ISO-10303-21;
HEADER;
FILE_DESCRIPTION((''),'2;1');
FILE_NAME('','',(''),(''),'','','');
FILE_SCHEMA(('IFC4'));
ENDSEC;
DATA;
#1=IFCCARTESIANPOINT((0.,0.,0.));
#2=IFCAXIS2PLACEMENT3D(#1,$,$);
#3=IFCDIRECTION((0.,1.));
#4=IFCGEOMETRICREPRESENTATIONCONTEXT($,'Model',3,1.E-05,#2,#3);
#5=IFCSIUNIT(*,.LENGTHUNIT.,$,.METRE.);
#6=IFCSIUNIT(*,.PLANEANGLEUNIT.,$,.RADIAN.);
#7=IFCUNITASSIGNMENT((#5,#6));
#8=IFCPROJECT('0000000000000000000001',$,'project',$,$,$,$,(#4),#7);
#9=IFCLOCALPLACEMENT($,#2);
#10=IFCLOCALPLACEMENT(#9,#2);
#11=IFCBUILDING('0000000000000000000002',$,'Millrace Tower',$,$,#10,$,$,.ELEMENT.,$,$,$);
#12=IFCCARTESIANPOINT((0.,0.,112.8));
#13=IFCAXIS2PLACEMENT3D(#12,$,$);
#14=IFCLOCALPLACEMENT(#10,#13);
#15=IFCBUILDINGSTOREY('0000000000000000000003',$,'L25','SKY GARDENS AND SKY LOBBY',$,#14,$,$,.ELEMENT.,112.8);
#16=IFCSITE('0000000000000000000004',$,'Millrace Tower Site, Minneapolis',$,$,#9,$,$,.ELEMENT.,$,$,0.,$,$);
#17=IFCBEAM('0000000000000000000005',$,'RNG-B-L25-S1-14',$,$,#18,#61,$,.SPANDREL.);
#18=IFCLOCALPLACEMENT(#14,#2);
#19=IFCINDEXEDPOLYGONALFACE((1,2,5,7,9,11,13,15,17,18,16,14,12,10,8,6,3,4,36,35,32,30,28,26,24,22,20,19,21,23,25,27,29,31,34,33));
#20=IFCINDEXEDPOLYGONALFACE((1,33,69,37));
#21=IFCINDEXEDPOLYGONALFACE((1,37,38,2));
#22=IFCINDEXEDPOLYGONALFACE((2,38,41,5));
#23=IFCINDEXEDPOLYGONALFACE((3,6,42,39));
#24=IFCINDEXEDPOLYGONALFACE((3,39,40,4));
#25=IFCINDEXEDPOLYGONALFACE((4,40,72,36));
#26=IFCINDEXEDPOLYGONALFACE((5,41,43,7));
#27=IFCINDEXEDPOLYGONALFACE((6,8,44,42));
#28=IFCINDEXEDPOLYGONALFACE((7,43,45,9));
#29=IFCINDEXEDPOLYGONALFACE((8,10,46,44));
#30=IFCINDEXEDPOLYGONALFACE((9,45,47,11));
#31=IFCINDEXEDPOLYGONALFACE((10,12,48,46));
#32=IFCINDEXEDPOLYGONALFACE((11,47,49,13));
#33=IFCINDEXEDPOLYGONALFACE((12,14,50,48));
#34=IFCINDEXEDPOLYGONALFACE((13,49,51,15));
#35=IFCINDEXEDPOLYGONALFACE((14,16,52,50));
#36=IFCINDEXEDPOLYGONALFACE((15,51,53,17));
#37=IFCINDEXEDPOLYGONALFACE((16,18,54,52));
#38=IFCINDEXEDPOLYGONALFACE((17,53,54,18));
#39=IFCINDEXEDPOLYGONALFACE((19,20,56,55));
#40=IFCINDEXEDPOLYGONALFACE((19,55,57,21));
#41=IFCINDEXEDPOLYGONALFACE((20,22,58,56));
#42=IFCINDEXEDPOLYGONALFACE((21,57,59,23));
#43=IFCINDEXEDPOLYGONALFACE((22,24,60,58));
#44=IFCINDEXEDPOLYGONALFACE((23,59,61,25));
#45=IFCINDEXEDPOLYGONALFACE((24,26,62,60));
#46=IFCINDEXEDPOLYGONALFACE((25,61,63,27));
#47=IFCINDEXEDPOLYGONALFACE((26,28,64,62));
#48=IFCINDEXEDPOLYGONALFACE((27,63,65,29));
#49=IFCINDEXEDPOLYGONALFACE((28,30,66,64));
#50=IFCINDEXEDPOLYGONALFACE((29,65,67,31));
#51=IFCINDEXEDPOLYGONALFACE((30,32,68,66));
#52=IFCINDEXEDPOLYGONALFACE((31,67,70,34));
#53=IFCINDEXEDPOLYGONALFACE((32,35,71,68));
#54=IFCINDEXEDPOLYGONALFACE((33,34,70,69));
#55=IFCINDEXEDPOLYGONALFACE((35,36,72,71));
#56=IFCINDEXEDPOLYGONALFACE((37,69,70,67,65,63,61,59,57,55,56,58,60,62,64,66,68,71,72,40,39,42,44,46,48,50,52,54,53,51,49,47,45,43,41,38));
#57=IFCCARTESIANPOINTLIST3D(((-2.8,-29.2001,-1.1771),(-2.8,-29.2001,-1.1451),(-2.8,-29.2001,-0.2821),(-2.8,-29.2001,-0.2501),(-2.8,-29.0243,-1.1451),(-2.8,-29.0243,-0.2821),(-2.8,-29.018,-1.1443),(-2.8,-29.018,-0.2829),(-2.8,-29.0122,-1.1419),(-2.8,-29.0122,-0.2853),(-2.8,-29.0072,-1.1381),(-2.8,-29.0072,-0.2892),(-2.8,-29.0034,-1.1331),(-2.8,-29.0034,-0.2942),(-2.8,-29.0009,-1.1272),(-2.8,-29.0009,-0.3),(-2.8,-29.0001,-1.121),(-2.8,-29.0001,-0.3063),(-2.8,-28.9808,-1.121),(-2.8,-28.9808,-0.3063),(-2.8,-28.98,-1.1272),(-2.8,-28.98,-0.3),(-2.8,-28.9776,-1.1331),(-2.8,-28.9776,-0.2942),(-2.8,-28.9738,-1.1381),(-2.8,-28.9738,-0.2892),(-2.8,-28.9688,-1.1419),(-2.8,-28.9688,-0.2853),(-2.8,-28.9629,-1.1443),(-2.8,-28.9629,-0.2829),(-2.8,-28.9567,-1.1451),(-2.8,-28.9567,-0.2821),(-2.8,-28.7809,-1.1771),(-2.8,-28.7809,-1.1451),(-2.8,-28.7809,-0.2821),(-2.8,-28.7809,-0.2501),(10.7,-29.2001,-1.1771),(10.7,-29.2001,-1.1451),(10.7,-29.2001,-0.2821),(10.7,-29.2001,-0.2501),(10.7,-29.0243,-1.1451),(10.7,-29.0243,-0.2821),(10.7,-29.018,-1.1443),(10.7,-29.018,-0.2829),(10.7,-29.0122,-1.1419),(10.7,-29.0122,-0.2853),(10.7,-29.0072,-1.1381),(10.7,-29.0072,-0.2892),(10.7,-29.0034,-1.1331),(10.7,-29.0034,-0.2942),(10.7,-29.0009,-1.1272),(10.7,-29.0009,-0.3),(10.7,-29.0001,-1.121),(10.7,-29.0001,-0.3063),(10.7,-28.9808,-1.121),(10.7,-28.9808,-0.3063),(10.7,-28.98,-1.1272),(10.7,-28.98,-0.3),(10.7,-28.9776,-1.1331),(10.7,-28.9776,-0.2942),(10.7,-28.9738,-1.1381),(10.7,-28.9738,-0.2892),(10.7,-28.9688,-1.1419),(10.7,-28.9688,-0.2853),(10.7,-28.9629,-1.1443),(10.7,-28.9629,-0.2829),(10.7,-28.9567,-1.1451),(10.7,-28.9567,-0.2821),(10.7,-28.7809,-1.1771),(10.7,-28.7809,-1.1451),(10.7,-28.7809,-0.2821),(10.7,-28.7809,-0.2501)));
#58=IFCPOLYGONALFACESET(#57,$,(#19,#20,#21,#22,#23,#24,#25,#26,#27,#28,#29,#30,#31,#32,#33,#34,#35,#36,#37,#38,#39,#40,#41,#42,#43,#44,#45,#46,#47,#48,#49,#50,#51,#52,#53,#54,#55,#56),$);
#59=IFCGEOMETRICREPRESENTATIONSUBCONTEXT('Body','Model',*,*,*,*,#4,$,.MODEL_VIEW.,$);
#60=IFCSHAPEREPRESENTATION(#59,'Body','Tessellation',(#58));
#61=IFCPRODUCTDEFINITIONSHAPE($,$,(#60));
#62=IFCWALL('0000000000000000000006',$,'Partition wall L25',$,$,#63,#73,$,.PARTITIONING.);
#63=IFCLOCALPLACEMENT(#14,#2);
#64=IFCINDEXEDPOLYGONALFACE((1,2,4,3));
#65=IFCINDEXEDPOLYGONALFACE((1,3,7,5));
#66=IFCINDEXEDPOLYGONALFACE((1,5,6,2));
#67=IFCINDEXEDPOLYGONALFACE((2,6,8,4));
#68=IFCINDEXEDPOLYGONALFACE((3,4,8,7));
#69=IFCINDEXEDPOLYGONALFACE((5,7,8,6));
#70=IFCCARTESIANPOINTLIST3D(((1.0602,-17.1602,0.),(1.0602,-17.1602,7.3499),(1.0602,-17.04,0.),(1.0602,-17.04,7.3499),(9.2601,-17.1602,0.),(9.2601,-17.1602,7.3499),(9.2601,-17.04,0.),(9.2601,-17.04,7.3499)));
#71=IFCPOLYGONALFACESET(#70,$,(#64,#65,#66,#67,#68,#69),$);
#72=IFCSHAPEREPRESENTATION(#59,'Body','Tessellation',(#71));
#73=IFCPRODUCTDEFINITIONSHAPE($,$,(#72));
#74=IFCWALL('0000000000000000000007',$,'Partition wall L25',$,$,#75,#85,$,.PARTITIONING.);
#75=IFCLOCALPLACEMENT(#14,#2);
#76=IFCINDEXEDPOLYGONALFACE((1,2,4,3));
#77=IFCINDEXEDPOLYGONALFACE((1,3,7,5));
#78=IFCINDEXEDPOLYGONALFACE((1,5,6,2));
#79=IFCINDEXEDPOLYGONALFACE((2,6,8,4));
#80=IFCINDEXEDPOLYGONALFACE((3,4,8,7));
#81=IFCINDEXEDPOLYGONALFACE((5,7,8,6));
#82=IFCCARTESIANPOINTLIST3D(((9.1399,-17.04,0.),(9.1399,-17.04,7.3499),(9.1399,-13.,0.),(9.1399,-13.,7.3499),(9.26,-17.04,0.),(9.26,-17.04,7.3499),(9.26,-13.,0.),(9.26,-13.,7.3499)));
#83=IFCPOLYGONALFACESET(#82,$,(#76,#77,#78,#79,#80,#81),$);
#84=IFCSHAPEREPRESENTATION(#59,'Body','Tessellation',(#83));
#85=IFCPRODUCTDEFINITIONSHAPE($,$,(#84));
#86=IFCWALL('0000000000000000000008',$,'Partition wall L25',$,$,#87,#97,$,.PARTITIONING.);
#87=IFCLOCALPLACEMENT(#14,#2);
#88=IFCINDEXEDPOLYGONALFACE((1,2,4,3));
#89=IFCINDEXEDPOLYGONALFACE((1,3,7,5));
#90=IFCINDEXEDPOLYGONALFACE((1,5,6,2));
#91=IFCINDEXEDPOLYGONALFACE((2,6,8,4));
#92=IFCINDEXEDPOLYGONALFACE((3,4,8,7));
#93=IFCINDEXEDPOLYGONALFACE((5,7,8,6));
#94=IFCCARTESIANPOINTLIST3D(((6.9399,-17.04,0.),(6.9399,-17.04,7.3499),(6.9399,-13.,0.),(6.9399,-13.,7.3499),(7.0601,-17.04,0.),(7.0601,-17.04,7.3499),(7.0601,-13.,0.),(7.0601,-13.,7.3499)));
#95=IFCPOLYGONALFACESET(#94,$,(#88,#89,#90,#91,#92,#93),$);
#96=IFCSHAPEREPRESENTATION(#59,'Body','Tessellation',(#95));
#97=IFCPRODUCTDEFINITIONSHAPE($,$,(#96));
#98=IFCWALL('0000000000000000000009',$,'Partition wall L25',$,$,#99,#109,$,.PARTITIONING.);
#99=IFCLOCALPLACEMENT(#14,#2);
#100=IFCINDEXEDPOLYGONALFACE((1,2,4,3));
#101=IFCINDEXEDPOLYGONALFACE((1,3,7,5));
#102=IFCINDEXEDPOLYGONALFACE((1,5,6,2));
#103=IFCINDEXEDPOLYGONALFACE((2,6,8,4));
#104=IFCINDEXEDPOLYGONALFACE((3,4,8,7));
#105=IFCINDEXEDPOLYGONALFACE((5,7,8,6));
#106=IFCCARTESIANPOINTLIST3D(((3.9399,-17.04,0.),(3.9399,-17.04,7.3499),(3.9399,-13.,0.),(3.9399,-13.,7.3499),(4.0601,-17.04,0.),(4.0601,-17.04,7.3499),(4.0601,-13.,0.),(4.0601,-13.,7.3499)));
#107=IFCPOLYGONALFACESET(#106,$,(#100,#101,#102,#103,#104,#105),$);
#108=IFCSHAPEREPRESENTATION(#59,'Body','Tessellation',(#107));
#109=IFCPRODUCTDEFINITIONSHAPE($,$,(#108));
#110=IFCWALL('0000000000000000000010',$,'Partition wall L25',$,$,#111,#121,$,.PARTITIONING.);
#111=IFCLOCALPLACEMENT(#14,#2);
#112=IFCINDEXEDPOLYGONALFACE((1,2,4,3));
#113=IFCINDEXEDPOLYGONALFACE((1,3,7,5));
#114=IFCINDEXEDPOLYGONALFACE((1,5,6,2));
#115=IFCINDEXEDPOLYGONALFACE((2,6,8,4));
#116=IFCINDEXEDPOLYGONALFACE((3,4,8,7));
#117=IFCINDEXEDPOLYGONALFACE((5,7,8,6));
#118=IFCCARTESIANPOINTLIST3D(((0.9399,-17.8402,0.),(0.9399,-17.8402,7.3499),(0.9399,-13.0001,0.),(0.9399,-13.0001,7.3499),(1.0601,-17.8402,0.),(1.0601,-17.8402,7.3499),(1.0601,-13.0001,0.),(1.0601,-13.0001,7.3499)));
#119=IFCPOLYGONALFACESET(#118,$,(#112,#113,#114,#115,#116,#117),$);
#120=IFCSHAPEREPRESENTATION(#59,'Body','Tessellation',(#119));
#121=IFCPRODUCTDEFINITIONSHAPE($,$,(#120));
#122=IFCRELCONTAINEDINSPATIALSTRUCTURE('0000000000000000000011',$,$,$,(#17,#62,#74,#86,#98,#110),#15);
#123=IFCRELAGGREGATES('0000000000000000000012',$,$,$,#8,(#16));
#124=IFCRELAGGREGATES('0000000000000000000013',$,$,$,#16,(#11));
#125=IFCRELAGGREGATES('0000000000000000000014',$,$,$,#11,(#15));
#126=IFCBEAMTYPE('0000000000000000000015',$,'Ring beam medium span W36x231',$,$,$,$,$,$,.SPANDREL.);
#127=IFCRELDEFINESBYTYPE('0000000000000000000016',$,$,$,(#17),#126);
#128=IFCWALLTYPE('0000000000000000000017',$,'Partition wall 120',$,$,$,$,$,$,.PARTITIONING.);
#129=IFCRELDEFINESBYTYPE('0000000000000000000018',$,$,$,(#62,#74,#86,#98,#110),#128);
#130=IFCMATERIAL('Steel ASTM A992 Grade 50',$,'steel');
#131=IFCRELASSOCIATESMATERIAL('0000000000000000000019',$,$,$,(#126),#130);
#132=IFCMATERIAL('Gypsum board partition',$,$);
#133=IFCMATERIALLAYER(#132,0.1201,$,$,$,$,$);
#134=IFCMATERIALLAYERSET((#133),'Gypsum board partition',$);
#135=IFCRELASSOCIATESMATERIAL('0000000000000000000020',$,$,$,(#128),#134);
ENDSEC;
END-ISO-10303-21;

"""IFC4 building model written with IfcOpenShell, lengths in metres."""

from ifc_helpers import new_model, si_unit, direction, frame, frame_2d, origin, origin_2d, place, context, subcontext, project, spatial, rectangle, i_section, extrude, material, layer, layer_set, material_profile, profile_set, type_object, element, save


model = new_model("IFC4")

# Units and contexts
model_context = context("Model", 3, precision=1e-05, world=origin(), true_north=direction((0.0, 1.0)))
body_context = subcontext(model_context, "Body", "Model", "MODEL_VIEW")
ifc_project = project(units=[si_unit("LENGTHUNIT", "METRE"), si_unit("PLANEANGLEUNIT", "RADIAN")], contexts=[model_context])

# Site, building, storey
site_placement = place(None, origin())
site = spatial("IfcSite", under=ifc_project, at=site_placement, Name="Millrace Tower Site, Minneapolis", CompositionType="ELEMENT", RefElevation=0.0)
building_placement = place(site_placement, origin())
building = spatial("IfcBuilding", under=site, at=building_placement, Name="Millrace Tower", CompositionType="ELEMENT")
storey_placement = place(building_placement, frame((0.0, 0.0, 112.8)))
storey = spatial("IfcBuildingStorey", under=building, at=storey_placement, Name="L25", Description="SKY GARDENS AND SKY LOBBY", CompositionType="ELEMENT", Elevation=112.8)

# Beam
ifc_material_1 = material(Name="Steel ASTM A992 Grade 50", Category="steel")
ifc_material_profile_1 = material_profile(ifc_material_1, i_section(OverallWidth=0.4192, OverallDepth=0.927, WebThickness=0.0193, FlangeThickness=0.032, FilletRadius=0.0242, at=origin_2d()))
ifc_profile_set_1 = profile_set([ifc_material_profile_1], Name="Steel ASTM A992 Grade 50")
beam_type_1 = type_object("IfcBeamType", Name="Ring beam medium span W36x231", PredefinedType="SPANDREL", material=ifc_profile_set_1)
beam_1_placement = place(storey_placement, frame((10.7, -28.9905, -0.7136), z_axis=(-1.0, 0.0, 0.0), x_axis=(0.0, -1.0, 0.0)))
element("IfcBeam", 1, at=beam_1_placement, inside=storey, type_object=beam_type_1, Name="RNG-B-L25-S1-14", PredefinedType="SPANDREL", context=body_context, shape_type="SweptSolid", body=[
    extrude(i_section(OverallWidth=0.4192, OverallDepth=0.927, WebThickness=0.0193, FlangeThickness=0.032, FilletRadius=0.0242, at=origin_2d()), origin(), (0.0, 0.0, 1.0), 13.5),
])

# Walls
ifc_material_2 = material(Name="Gypsum board partition")
ifc_layer_1 = layer(ifc_material_2, 0.1201)
ifc_layer_set_1 = layer_set([ifc_layer_1], Name="Gypsum board partition")
wall_type = type_object("IfcWallType", Name="Partition wall 120", PredefinedType="PARTITIONING", material=ifc_layer_set_1)
wall_1_placement = place(storey_placement, frame((1.0601, -17.1001, 0.0), z_axis=(0.0, 0.0, 1.0), x_axis=(1.0, 0.0, 0.0)))
element("IfcWall", 2, at=wall_1_placement, inside=storey, type_object=wall_type, Name="Partition wall L25", PredefinedType="PARTITIONING", context=body_context, shape_type="SweptSolid", body=[
    extrude(rectangle(XDim=8.2, YDim=0.1201, at=frame_2d((4.1001, 0.0))), origin(), (0.0, 0.0, 1.0), 7.3499),
])
for number, where, z_axis, x_axis, name in (
    (3, (9.2, -17.04, 0.0), (0.0, 0.0, 1.0), (0.0, 1.0, 0.0), "Partition wall L25"),
    (4, (7.0, -17.04, 0.0), (0.0, 0.0, 1.0), (0.0, 1.0, 0.0), "Partition wall L25"),
    (5, (4.0, -17.04, 0.0), (0.0, 0.0, 1.0), (0.0, 1.0, 0.0), "Partition wall L25"),
):
    element("IfcWall", number, at=place(storey_placement, frame(where, z_axis=z_axis, x_axis=x_axis)), inside=storey, type_object=wall_type, Name=name, PredefinedType="PARTITIONING", context=body_context, shape_type="SweptSolid", body=[
        extrude(rectangle(XDim=4.04, YDim=0.1201, at=frame_2d((2.02, 0.0))), origin(), (0.0, 0.0, 1.0), 7.3499),
    ])
wall_2_placement = place(storey_placement, frame((1.0, -17.8401, 0.0), z_axis=(0.0, 0.0, 1.0), x_axis=(0.0, 1.0, 0.0)))
element("IfcWall", 6, at=wall_2_placement, inside=storey, type_object=wall_type, Name="Partition wall L25", PredefinedType="PARTITIONING", context=body_context, shape_type="SweptSolid", body=[
    extrude(rectangle(XDim=4.8401, YDim=0.1201, at=frame_2d((2.4199, 0.0))), origin(), (0.0, 0.0, 1.0), 7.3499),
])

save(model, "model.ifc")
